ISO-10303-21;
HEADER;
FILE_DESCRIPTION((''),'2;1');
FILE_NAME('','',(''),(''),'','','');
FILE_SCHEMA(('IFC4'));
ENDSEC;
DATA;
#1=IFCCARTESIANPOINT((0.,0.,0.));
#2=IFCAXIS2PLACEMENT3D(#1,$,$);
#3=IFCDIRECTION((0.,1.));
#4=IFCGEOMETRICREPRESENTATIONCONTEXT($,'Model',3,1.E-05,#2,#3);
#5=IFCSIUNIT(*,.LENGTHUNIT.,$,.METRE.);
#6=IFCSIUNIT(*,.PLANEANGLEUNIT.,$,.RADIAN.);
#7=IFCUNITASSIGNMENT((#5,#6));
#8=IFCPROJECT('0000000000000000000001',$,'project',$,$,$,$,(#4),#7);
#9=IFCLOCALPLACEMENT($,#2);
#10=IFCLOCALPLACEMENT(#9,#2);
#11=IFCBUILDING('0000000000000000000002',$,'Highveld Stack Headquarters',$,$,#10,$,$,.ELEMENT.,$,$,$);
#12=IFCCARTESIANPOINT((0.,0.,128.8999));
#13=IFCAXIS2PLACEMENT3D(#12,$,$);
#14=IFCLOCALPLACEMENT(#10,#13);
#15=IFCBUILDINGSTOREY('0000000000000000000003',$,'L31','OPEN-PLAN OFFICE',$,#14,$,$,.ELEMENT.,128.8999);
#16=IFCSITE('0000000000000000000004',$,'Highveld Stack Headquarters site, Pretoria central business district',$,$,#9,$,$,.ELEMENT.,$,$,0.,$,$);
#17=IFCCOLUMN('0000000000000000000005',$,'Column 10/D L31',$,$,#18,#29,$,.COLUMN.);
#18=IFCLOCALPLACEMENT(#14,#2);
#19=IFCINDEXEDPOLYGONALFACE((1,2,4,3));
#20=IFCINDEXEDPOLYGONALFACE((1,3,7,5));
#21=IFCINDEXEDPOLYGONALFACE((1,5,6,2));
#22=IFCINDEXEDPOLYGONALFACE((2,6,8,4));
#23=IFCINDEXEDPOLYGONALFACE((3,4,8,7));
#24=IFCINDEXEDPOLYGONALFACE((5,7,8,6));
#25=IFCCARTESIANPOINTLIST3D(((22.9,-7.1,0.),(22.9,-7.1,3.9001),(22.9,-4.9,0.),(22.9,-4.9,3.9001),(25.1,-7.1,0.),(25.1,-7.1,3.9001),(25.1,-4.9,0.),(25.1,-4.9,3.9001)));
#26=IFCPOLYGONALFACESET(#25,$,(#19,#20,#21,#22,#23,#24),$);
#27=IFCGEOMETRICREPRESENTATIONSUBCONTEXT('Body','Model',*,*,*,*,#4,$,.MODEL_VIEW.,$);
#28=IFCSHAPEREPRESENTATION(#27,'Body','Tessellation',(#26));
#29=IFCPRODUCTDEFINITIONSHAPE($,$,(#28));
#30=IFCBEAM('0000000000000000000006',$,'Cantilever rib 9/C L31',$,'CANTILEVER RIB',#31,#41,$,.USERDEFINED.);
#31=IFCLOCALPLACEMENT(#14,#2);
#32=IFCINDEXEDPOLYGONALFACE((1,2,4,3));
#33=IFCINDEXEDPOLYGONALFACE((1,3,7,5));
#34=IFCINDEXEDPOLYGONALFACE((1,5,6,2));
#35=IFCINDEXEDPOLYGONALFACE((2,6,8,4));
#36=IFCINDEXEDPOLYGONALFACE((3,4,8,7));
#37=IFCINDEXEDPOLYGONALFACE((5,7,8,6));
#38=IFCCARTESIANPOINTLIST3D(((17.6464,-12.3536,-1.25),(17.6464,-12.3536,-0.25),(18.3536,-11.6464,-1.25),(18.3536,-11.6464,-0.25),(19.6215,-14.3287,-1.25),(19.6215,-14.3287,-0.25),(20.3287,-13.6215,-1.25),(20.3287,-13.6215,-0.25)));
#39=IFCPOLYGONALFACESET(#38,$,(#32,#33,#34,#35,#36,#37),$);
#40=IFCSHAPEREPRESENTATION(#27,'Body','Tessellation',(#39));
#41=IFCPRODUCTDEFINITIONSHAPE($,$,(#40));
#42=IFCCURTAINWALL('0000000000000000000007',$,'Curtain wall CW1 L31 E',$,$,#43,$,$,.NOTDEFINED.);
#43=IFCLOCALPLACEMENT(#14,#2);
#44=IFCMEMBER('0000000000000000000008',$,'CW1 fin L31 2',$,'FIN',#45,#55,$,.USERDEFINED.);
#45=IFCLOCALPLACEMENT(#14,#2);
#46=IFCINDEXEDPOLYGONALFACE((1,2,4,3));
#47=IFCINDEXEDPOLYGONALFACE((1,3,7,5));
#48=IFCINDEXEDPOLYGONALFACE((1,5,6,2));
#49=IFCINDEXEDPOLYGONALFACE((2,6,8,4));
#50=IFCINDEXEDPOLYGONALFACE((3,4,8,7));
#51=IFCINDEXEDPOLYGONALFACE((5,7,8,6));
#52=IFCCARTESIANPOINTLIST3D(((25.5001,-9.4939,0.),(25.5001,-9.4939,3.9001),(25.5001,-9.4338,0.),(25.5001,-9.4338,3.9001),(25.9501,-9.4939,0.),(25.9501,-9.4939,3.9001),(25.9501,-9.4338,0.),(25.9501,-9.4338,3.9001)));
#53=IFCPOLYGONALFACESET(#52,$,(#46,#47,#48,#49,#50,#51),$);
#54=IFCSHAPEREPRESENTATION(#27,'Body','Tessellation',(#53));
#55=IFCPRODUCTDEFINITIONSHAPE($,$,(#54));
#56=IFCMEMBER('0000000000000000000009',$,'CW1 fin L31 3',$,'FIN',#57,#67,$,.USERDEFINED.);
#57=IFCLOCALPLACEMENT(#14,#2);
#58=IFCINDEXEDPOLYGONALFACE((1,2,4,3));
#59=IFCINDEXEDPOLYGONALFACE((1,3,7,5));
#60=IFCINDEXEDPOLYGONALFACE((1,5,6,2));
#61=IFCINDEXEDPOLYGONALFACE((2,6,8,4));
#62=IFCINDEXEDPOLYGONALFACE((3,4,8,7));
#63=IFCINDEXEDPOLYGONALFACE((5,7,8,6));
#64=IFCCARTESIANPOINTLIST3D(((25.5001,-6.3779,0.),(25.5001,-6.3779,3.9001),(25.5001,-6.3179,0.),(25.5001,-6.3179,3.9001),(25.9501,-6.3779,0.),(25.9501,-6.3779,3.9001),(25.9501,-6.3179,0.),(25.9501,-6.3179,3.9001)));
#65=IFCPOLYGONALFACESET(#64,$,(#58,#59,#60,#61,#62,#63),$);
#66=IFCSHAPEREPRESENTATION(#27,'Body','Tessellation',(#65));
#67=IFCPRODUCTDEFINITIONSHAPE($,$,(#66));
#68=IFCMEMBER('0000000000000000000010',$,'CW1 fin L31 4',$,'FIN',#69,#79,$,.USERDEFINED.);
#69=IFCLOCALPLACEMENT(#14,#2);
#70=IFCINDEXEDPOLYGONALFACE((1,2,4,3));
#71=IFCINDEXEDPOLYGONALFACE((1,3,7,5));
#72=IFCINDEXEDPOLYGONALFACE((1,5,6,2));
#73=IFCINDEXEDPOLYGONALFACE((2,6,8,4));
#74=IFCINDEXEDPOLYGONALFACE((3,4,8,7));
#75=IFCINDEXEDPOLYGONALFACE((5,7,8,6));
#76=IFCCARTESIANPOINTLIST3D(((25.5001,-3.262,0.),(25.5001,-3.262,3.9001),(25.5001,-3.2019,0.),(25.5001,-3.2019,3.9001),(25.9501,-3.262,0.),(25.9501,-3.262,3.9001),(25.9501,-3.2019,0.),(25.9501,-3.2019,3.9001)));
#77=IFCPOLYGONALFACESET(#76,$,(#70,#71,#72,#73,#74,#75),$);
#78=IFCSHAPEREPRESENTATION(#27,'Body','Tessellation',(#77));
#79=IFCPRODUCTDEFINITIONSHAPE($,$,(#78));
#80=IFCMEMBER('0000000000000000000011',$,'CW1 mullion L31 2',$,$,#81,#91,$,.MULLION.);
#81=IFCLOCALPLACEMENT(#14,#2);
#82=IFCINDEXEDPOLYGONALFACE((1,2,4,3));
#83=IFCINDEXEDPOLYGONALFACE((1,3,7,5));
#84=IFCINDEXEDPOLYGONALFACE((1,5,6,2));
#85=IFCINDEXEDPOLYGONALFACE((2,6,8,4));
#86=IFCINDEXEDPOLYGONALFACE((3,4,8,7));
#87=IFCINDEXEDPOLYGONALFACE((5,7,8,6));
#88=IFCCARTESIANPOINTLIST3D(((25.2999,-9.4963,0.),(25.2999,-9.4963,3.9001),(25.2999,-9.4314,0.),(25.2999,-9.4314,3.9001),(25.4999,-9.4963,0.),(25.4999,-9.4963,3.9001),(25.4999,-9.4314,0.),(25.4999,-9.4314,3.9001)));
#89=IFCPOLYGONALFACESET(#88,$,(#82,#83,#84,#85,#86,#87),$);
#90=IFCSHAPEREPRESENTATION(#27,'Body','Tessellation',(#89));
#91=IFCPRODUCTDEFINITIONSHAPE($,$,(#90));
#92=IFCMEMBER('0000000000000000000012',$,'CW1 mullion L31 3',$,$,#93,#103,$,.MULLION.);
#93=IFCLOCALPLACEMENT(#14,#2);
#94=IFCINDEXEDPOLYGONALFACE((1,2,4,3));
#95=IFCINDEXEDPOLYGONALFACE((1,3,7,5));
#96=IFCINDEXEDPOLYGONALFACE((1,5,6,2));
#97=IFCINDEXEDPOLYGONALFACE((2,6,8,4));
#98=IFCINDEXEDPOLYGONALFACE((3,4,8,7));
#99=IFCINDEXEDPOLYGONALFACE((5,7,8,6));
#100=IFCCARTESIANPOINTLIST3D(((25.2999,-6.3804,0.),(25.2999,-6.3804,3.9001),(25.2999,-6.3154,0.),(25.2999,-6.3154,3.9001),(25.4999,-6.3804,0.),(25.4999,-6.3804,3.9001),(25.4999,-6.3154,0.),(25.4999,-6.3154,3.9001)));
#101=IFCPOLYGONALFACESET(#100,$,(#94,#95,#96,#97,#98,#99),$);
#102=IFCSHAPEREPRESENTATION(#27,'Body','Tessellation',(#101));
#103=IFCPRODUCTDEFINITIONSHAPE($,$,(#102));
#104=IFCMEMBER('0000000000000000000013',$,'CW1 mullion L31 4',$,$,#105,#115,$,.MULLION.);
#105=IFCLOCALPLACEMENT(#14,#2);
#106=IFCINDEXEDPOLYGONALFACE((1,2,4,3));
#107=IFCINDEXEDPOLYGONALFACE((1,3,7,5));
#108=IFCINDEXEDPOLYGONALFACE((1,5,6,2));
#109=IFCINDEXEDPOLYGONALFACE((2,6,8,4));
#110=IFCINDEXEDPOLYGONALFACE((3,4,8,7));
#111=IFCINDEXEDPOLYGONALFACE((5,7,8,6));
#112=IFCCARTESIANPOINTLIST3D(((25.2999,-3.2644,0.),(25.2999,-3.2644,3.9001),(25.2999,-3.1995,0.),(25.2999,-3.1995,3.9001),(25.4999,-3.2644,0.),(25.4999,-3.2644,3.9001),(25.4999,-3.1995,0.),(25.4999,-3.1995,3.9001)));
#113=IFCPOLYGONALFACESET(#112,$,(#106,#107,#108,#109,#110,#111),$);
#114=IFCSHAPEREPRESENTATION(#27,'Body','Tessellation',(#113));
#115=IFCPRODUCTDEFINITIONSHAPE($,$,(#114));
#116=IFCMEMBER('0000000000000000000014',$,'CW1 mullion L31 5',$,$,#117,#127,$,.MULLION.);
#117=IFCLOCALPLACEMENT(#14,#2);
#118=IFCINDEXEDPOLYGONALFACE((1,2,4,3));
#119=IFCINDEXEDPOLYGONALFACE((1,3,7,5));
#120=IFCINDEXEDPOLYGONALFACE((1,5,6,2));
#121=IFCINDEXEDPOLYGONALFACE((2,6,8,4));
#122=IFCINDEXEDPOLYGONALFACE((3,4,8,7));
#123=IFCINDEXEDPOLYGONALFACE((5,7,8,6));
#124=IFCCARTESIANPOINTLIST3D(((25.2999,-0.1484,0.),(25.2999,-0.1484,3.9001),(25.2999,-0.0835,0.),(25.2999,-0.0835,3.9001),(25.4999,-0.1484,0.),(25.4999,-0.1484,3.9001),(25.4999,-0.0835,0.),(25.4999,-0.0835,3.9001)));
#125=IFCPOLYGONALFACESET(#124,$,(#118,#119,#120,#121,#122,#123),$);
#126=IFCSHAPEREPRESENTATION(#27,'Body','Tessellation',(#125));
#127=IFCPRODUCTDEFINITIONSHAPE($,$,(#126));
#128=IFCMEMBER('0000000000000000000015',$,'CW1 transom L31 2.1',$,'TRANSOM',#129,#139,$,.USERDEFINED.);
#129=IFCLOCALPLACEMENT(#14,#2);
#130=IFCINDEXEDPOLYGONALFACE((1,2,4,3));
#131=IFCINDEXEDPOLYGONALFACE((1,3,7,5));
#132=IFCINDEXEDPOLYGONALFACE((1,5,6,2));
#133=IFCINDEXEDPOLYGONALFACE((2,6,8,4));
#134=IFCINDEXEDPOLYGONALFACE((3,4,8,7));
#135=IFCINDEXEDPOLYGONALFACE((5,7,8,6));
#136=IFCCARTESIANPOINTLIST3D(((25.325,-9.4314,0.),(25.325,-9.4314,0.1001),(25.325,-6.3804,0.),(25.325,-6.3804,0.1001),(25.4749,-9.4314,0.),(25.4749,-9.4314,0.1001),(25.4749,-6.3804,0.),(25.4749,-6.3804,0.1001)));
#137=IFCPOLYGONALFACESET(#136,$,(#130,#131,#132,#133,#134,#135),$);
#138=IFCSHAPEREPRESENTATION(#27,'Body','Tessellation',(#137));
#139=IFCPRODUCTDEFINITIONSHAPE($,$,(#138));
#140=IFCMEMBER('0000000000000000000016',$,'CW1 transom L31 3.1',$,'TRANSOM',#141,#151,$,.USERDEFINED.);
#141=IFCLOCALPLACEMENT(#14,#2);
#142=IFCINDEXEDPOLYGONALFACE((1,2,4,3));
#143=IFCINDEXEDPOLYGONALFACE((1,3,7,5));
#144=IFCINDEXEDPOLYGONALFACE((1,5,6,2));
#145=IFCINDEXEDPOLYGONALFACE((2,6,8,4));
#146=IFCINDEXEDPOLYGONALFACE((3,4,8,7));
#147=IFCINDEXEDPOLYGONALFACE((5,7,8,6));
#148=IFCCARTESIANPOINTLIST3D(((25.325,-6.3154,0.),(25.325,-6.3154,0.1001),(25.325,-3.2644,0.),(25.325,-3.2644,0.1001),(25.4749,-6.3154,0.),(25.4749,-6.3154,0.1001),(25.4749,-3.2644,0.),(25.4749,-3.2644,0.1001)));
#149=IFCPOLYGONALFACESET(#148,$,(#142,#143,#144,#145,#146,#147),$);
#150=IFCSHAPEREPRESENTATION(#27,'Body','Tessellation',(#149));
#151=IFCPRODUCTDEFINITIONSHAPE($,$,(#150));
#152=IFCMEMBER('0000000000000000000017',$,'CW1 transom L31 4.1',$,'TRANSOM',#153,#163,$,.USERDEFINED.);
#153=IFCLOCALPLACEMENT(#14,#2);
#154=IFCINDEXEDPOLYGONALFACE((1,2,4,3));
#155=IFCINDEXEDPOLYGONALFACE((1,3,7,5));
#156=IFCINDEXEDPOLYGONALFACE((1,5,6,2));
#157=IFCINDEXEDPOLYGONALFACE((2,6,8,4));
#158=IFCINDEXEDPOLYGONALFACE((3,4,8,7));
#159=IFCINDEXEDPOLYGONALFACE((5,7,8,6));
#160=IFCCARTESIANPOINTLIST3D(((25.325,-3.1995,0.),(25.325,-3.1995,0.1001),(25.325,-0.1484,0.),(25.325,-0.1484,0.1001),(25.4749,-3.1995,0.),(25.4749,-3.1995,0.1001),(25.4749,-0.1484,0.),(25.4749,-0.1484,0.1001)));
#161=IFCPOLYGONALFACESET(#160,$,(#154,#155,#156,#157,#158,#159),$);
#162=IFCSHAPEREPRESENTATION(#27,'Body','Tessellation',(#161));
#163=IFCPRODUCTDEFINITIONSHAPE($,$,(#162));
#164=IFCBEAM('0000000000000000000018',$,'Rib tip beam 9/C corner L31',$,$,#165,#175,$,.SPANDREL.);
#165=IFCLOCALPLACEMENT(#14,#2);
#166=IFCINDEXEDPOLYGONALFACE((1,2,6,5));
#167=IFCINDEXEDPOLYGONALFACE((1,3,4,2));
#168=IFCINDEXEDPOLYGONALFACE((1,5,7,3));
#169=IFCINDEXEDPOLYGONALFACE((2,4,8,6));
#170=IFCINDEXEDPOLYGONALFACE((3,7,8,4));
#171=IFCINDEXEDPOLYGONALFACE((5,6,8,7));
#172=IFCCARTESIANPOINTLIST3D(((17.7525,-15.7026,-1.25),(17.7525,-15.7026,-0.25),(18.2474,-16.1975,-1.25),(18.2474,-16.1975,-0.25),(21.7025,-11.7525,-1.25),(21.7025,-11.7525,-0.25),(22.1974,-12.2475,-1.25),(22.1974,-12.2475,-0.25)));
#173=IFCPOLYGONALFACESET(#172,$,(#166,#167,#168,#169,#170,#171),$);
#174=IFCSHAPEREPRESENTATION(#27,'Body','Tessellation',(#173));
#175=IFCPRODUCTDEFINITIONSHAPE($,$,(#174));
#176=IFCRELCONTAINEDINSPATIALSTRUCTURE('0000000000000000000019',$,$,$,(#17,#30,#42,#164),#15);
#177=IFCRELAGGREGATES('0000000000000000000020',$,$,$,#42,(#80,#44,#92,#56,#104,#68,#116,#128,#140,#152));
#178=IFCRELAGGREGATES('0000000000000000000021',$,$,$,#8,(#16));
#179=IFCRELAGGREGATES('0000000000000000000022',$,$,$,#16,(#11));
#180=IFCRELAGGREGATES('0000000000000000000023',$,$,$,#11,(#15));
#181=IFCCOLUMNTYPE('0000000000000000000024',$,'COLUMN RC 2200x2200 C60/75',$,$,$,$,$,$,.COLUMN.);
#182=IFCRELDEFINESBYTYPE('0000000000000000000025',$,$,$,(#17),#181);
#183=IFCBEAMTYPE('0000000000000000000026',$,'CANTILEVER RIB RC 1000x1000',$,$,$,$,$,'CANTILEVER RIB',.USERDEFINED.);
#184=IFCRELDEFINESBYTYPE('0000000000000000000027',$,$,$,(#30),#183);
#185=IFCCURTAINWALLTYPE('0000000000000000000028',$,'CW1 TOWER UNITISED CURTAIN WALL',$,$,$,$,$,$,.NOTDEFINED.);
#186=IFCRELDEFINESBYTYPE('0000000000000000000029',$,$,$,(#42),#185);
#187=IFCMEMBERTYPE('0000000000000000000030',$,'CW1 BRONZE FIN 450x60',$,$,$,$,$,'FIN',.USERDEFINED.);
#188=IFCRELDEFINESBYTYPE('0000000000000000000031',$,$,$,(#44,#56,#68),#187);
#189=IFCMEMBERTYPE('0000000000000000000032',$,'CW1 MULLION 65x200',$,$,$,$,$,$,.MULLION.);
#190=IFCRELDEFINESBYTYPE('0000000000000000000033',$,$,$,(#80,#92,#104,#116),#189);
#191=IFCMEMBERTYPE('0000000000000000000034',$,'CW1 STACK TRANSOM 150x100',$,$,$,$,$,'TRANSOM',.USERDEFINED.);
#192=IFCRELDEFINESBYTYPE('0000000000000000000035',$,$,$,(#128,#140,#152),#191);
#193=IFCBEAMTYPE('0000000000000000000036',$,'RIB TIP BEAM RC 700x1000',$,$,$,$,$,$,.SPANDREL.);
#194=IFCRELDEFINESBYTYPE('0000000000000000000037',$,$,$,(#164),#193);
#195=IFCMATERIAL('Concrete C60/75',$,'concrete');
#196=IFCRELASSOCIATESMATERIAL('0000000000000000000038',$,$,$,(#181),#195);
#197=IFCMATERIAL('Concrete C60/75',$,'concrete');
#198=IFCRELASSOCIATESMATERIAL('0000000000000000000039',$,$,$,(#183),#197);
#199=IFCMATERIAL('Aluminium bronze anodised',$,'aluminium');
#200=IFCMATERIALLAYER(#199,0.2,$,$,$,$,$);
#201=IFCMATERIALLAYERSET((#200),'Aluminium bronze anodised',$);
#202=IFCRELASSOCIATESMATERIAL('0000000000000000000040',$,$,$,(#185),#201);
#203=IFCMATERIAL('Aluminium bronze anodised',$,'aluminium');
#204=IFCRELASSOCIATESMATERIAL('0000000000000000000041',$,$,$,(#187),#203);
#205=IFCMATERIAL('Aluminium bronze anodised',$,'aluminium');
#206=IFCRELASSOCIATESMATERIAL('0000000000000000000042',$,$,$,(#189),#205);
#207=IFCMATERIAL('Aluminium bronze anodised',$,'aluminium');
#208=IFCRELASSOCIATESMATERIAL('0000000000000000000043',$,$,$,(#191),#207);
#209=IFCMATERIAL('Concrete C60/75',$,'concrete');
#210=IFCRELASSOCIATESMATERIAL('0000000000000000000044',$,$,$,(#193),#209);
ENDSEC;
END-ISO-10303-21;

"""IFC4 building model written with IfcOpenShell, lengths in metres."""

from ifc_helpers import new_model, si_unit, direction, frame, origin, origin_2d, place, context, subcontext, project, spatial, rectangle, extrude, material, layer, layer_set, material_profile, profile_set, type_object, element, aggregate, save


model = new_model("IFC4")

# Units and contexts
model_context = context("Model", 3, precision=1e-05, world=origin(), true_north=direction((0.0, 1.0)))
body_context = subcontext(model_context, "Body", "Model", "MODEL_VIEW")
ifc_project = project(units=[si_unit("LENGTHUNIT", "METRE"), si_unit("PLANEANGLEUNIT", "RADIAN")], contexts=[model_context])

# Site, building, storey
site_placement = place(None, origin())
site = spatial("IfcSite", under=ifc_project, at=site_placement, Name="Highveld Stack Headquarters site, Pretoria central business district", CompositionType="ELEMENT", RefElevation=0.0)
building_placement = place(site_placement, origin())
building = spatial("IfcBuilding", under=site, at=building_placement, Name="Highveld Stack Headquarters", CompositionType="ELEMENT")
storey_placement = place(building_placement, frame((0.0, 0.0, 128.8999)))
storey = spatial("IfcBuildingStorey", under=building, at=storey_placement, Name="L31", Description="OPEN-PLAN OFFICE", CompositionType="ELEMENT", Elevation=128.8999)

# Column
ifc_material_1 = material(Name="Concrete C60/75", Category="concrete")
ifc_material_profile_1 = material_profile(ifc_material_1, rectangle(XDim=2.2, YDim=2.2, at=origin_2d()), Name="RC 2200x2200")
ifc_profile_set_1 = profile_set([ifc_material_profile_1], Name="Concrete C60/75")
column_type = type_object("IfcColumnType", Name="COLUMN RC 2200x2200 C60/75", PredefinedType="COLUMN", material=ifc_profile_set_1)
column_placement = place(storey_placement, frame((24.0, -6.0, 0.0), z_axis=(0.0, 0.0, 1.0), x_axis=(1.0, 0.0, 0.0)))
element("IfcColumn", 1, at=column_placement, inside=storey, type_object=column_type, Name="Column 10/D L31", PredefinedType="COLUMN", context=body_context, shape_type="SweptSolid", body=[
    extrude(rectangle(XDim=2.2, YDim=2.2, at=origin_2d()), origin(), (0.0, 0.0, 1.0), 3.9001),
])

# Beam
ifc_material_2 = material(Name="Concrete C60/75", Category="concrete")
ifc_material_profile_2 = material_profile(ifc_material_2, rectangle(XDim=1.0, YDim=1.0, at=origin_2d()), Name="RC 1000x1000")
ifc_profile_set_2 = profile_set([ifc_material_profile_2], Name="Concrete C60/75")
beam_type_1 = type_object("IfcBeamType", Name="CANTILEVER RIB RC 1000x1000", ElementType="CANTILEVER RIB", PredefinedType="USERDEFINED", material=ifc_profile_set_2)
beam_1_placement = place(storey_placement, frame((18.0, -12.0, -0.75), z_axis=(0.707107, -0.707107, 0.0), x_axis=(0.707107, 0.707107, 0.0)))
element("IfcBeam", 2, at=beam_1_placement, inside=storey, type_object=beam_type_1, Name="Cantilever rib 9/C L31", ObjectType="CANTILEVER RIB", PredefinedType="USERDEFINED", context=body_context, shape_type="SweptSolid", body=[
    extrude(rectangle(XDim=1.0, YDim=1.0, at=origin_2d()), origin(), (0.0, 0.0, 1.0), 2.7932),
])

# Curtain wall, members
ifc_material_3 = material(Name="Aluminium bronze anodised", Category="aluminium")
ifc_layer_1 = layer(ifc_material_3, 0.2)
ifc_layer_set_1 = layer_set([ifc_layer_1], Name="Aluminium bronze anodised")
curtain_wall_type = type_object("IfcCurtainWallType", Name="CW1 TOWER UNITISED CURTAIN WALL", PredefinedType="NOTDEFINED", material=ifc_layer_set_1)
curtain_wall_placement = place(storey_placement, origin())
curtain_wall = element("IfcCurtainWall", 3, at=curtain_wall_placement, inside=storey, type_object=curtain_wall_type, Name="Curtain wall CW1 L31 E", PredefinedType="NOTDEFINED")
ifc_material_4 = material(Name="Aluminium bronze anodised", Category="aluminium")
ifc_material_profile_3 = material_profile(ifc_material_4, rectangle(XDim=0.45, YDim=0.0601, at=origin_2d()), Name="FIN 450x60")
ifc_profile_set_3 = profile_set([ifc_material_profile_3], Name="Aluminium bronze anodised")
member_type_1 = type_object("IfcMemberType", Name="CW1 BRONZE FIN 450x60", ElementType="FIN", PredefinedType="USERDEFINED", material=ifc_profile_set_3)
member_1_placement = place(storey_placement, frame((25.7251, -9.4639, 0.0), z_axis=(0.0, 0.0, 1.0), x_axis=(-1.0, 0.0, 0.0)))
member_1 = element("IfcMember", 4, at=member_1_placement, type_object=member_type_1, Name="CW1 fin L31 2", ObjectType="FIN", PredefinedType="USERDEFINED", context=body_context, shape_type="SweptSolid", body=[
    extrude(rectangle(XDim=0.45, YDim=0.0601, at=origin_2d()), origin(), (0.0, 0.0, 1.0), 3.9001),
])
member_2_placement = place(storey_placement, frame((25.7251, -6.3479, 0.0), z_axis=(0.0, 0.0, 1.0), x_axis=(-1.0, 0.0, 0.0)))
member_2 = element("IfcMember", 5, at=member_2_placement, type_object=member_type_1, Name="CW1 fin L31 3", ObjectType="FIN", PredefinedType="USERDEFINED", context=body_context, shape_type="SweptSolid", body=[
    extrude(rectangle(XDim=0.45, YDim=0.0601, at=origin_2d()), origin(), (0.0, 0.0, 1.0), 3.9001),
])
member_3_placement = place(storey_placement, frame((25.7251, -3.2319, 0.0), z_axis=(0.0, 0.0, 1.0), x_axis=(-1.0, 0.0, 0.0)))
member_3 = element("IfcMember", 6, at=member_3_placement, type_object=member_type_1, Name="CW1 fin L31 4", ObjectType="FIN", PredefinedType="USERDEFINED", context=body_context, shape_type="SweptSolid", body=[
    extrude(rectangle(XDim=0.45, YDim=0.0601, at=origin_2d()), origin(), (0.0, 0.0, 1.0), 3.9001),
])
ifc_material_5 = material(Name="Aluminium bronze anodised", Category="aluminium")
ifc_material_profile_4 = material_profile(ifc_material_5, rectangle(XDim=0.2, YDim=0.0649, at=origin_2d()), Name="CW1 MULLION 65x200")
ifc_profile_set_4 = profile_set([ifc_material_profile_4], Name="Aluminium bronze anodised")
member_type_2 = type_object("IfcMemberType", Name="CW1 MULLION 65x200", PredefinedType="MULLION", material=ifc_profile_set_4)
member_4_placement = place(storey_placement, frame((25.3999, -9.4639, 0.0), z_axis=(0.0, 0.0, 1.0), x_axis=(-1.0, 0.0, 0.0)))
member_4 = element("IfcMember", 7, at=member_4_placement, type_object=member_type_2, Name="CW1 mullion L31 2", PredefinedType="MULLION", context=body_context, shape_type="SweptSolid", body=[
    extrude(rectangle(XDim=0.2, YDim=0.0649, at=origin_2d()), origin(), (0.0, 0.0, 1.0), 3.9001),
])
member_5_placement = place(storey_placement, frame((25.3999, -6.3479, 0.0), z_axis=(0.0, 0.0, 1.0), x_axis=(-1.0, 0.0, 0.0)))
member_5 = element("IfcMember", 8, at=member_5_placement, type_object=member_type_2, Name="CW1 mullion L31 3", PredefinedType="MULLION", context=body_context, shape_type="SweptSolid", body=[
    extrude(rectangle(XDim=0.2, YDim=0.0649, at=origin_2d()), origin(), (0.0, 0.0, 1.0), 3.9001),
])
member_6_placement = place(storey_placement, frame((25.3999, -3.2319, 0.0), z_axis=(0.0, 0.0, 1.0), x_axis=(-1.0, 0.0, 0.0)))
member_6 = element("IfcMember", 9, at=member_6_placement, type_object=member_type_2, Name="CW1 mullion L31 4", PredefinedType="MULLION", context=body_context, shape_type="SweptSolid", body=[
    extrude(rectangle(XDim=0.2, YDim=0.0649, at=origin_2d()), origin(), (0.0, 0.0, 1.0), 3.9001),
])
member_7_placement = place(storey_placement, frame((25.3999, -0.116, 0.0), z_axis=(0.0, 0.0, 1.0), x_axis=(-1.0, 0.0, 0.0)))
member_7 = element("IfcMember", 10, at=member_7_placement, type_object=member_type_2, Name="CW1 mullion L31 5", PredefinedType="MULLION", context=body_context, shape_type="SweptSolid", body=[
    extrude(rectangle(XDim=0.2, YDim=0.0649, at=origin_2d()), origin(), (0.0, 0.0, 1.0), 3.9001),
])
ifc_material_6 = material(Name="Aluminium bronze anodised", Category="aluminium")
ifc_material_profile_5 = material_profile(ifc_material_6, rectangle(XDim=0.1499, YDim=0.1001, at=origin_2d()), Name="CW1 TRANSOM 150x100")
ifc_profile_set_5 = profile_set([ifc_material_profile_5], Name="Aluminium bronze anodised")
member_type_3 = type_object("IfcMemberType", Name="CW1 STACK TRANSOM 150x100", ElementType="TRANSOM", PredefinedType="USERDEFINED", material=ifc_profile_set_5)
member_8_placement = place(storey_placement, frame((25.3999, -9.4314, 0.05), z_axis=(0.0, 1.0, 0.0), x_axis=(-1.0, 0.0, 0.0)))
member_8 = element("IfcMember", 11, at=member_8_placement, type_object=member_type_3, Name="CW1 transom L31 2.1", ObjectType="TRANSOM", PredefinedType="USERDEFINED", context=body_context, shape_type="SweptSolid", body=[
    extrude(rectangle(XDim=0.1499, YDim=0.1001, at=origin_2d()), origin(), (0.0, 0.0, 1.0), 3.051),
])
member_9_placement = place(storey_placement, frame((25.3999, -6.3154, 0.05), z_axis=(0.0, 1.0, 0.0), x_axis=(-1.0, 0.0, 0.0)))
member_9 = element("IfcMember", 12, at=member_9_placement, type_object=member_type_3, Name="CW1 transom L31 3.1", ObjectType="TRANSOM", PredefinedType="USERDEFINED", context=body_context, shape_type="SweptSolid", body=[
    extrude(rectangle(XDim=0.1499, YDim=0.1001, at=origin_2d()), origin(), (0.0, 0.0, 1.0), 3.051),
])
member_10_placement = place(storey_placement, frame((25.3999, -3.1995, 0.05), z_axis=(0.0, 1.0, 0.0), x_axis=(-1.0, 0.0, 0.0)))
member_10 = element("IfcMember", 13, at=member_10_placement, type_object=member_type_3, Name="CW1 transom L31 4.1", ObjectType="TRANSOM", PredefinedType="USERDEFINED", context=body_context, shape_type="SweptSolid", body=[
    extrude(rectangle(XDim=0.1499, YDim=0.1001, at=origin_2d()), origin(), (0.0, 0.0, 1.0), 3.051),
])

# Beam
ifc_material_7 = material(Name="Concrete C60/75", Category="concrete")
ifc_material_profile_6 = material_profile(ifc_material_7, rectangle(XDim=0.7, YDim=1.0, at=origin_2d()), Name="RC 700x1000")
ifc_profile_set_6 = profile_set([ifc_material_profile_6], Name="Concrete C60/75")
beam_type_2 = type_object("IfcBeamType", Name="RIB TIP BEAM RC 700x1000", PredefinedType="SPANDREL", material=ifc_profile_set_6)
beam_2_placement = place(storey_placement, frame((21.95, -12.0, -0.75), z_axis=(-0.707107, -0.707107, 0.0), x_axis=(0.707107, -0.707107, 0.0)))
element("IfcBeam", 14, at=beam_2_placement, inside=storey, type_object=beam_type_2, Name="Rib tip beam 9/C corner L31", PredefinedType="SPANDREL", context=body_context, shape_type="SweptSolid", body=[
    extrude(rectangle(XDim=0.7, YDim=1.0, at=origin_2d()), origin(), (0.0, 0.0, 1.0), 5.5862),
])

aggregate(curtain_wall, [member_4, member_1, member_5, member_2, member_6, member_3, member_7, member_8, member_9, member_10])

save(model, "model.ifc")
